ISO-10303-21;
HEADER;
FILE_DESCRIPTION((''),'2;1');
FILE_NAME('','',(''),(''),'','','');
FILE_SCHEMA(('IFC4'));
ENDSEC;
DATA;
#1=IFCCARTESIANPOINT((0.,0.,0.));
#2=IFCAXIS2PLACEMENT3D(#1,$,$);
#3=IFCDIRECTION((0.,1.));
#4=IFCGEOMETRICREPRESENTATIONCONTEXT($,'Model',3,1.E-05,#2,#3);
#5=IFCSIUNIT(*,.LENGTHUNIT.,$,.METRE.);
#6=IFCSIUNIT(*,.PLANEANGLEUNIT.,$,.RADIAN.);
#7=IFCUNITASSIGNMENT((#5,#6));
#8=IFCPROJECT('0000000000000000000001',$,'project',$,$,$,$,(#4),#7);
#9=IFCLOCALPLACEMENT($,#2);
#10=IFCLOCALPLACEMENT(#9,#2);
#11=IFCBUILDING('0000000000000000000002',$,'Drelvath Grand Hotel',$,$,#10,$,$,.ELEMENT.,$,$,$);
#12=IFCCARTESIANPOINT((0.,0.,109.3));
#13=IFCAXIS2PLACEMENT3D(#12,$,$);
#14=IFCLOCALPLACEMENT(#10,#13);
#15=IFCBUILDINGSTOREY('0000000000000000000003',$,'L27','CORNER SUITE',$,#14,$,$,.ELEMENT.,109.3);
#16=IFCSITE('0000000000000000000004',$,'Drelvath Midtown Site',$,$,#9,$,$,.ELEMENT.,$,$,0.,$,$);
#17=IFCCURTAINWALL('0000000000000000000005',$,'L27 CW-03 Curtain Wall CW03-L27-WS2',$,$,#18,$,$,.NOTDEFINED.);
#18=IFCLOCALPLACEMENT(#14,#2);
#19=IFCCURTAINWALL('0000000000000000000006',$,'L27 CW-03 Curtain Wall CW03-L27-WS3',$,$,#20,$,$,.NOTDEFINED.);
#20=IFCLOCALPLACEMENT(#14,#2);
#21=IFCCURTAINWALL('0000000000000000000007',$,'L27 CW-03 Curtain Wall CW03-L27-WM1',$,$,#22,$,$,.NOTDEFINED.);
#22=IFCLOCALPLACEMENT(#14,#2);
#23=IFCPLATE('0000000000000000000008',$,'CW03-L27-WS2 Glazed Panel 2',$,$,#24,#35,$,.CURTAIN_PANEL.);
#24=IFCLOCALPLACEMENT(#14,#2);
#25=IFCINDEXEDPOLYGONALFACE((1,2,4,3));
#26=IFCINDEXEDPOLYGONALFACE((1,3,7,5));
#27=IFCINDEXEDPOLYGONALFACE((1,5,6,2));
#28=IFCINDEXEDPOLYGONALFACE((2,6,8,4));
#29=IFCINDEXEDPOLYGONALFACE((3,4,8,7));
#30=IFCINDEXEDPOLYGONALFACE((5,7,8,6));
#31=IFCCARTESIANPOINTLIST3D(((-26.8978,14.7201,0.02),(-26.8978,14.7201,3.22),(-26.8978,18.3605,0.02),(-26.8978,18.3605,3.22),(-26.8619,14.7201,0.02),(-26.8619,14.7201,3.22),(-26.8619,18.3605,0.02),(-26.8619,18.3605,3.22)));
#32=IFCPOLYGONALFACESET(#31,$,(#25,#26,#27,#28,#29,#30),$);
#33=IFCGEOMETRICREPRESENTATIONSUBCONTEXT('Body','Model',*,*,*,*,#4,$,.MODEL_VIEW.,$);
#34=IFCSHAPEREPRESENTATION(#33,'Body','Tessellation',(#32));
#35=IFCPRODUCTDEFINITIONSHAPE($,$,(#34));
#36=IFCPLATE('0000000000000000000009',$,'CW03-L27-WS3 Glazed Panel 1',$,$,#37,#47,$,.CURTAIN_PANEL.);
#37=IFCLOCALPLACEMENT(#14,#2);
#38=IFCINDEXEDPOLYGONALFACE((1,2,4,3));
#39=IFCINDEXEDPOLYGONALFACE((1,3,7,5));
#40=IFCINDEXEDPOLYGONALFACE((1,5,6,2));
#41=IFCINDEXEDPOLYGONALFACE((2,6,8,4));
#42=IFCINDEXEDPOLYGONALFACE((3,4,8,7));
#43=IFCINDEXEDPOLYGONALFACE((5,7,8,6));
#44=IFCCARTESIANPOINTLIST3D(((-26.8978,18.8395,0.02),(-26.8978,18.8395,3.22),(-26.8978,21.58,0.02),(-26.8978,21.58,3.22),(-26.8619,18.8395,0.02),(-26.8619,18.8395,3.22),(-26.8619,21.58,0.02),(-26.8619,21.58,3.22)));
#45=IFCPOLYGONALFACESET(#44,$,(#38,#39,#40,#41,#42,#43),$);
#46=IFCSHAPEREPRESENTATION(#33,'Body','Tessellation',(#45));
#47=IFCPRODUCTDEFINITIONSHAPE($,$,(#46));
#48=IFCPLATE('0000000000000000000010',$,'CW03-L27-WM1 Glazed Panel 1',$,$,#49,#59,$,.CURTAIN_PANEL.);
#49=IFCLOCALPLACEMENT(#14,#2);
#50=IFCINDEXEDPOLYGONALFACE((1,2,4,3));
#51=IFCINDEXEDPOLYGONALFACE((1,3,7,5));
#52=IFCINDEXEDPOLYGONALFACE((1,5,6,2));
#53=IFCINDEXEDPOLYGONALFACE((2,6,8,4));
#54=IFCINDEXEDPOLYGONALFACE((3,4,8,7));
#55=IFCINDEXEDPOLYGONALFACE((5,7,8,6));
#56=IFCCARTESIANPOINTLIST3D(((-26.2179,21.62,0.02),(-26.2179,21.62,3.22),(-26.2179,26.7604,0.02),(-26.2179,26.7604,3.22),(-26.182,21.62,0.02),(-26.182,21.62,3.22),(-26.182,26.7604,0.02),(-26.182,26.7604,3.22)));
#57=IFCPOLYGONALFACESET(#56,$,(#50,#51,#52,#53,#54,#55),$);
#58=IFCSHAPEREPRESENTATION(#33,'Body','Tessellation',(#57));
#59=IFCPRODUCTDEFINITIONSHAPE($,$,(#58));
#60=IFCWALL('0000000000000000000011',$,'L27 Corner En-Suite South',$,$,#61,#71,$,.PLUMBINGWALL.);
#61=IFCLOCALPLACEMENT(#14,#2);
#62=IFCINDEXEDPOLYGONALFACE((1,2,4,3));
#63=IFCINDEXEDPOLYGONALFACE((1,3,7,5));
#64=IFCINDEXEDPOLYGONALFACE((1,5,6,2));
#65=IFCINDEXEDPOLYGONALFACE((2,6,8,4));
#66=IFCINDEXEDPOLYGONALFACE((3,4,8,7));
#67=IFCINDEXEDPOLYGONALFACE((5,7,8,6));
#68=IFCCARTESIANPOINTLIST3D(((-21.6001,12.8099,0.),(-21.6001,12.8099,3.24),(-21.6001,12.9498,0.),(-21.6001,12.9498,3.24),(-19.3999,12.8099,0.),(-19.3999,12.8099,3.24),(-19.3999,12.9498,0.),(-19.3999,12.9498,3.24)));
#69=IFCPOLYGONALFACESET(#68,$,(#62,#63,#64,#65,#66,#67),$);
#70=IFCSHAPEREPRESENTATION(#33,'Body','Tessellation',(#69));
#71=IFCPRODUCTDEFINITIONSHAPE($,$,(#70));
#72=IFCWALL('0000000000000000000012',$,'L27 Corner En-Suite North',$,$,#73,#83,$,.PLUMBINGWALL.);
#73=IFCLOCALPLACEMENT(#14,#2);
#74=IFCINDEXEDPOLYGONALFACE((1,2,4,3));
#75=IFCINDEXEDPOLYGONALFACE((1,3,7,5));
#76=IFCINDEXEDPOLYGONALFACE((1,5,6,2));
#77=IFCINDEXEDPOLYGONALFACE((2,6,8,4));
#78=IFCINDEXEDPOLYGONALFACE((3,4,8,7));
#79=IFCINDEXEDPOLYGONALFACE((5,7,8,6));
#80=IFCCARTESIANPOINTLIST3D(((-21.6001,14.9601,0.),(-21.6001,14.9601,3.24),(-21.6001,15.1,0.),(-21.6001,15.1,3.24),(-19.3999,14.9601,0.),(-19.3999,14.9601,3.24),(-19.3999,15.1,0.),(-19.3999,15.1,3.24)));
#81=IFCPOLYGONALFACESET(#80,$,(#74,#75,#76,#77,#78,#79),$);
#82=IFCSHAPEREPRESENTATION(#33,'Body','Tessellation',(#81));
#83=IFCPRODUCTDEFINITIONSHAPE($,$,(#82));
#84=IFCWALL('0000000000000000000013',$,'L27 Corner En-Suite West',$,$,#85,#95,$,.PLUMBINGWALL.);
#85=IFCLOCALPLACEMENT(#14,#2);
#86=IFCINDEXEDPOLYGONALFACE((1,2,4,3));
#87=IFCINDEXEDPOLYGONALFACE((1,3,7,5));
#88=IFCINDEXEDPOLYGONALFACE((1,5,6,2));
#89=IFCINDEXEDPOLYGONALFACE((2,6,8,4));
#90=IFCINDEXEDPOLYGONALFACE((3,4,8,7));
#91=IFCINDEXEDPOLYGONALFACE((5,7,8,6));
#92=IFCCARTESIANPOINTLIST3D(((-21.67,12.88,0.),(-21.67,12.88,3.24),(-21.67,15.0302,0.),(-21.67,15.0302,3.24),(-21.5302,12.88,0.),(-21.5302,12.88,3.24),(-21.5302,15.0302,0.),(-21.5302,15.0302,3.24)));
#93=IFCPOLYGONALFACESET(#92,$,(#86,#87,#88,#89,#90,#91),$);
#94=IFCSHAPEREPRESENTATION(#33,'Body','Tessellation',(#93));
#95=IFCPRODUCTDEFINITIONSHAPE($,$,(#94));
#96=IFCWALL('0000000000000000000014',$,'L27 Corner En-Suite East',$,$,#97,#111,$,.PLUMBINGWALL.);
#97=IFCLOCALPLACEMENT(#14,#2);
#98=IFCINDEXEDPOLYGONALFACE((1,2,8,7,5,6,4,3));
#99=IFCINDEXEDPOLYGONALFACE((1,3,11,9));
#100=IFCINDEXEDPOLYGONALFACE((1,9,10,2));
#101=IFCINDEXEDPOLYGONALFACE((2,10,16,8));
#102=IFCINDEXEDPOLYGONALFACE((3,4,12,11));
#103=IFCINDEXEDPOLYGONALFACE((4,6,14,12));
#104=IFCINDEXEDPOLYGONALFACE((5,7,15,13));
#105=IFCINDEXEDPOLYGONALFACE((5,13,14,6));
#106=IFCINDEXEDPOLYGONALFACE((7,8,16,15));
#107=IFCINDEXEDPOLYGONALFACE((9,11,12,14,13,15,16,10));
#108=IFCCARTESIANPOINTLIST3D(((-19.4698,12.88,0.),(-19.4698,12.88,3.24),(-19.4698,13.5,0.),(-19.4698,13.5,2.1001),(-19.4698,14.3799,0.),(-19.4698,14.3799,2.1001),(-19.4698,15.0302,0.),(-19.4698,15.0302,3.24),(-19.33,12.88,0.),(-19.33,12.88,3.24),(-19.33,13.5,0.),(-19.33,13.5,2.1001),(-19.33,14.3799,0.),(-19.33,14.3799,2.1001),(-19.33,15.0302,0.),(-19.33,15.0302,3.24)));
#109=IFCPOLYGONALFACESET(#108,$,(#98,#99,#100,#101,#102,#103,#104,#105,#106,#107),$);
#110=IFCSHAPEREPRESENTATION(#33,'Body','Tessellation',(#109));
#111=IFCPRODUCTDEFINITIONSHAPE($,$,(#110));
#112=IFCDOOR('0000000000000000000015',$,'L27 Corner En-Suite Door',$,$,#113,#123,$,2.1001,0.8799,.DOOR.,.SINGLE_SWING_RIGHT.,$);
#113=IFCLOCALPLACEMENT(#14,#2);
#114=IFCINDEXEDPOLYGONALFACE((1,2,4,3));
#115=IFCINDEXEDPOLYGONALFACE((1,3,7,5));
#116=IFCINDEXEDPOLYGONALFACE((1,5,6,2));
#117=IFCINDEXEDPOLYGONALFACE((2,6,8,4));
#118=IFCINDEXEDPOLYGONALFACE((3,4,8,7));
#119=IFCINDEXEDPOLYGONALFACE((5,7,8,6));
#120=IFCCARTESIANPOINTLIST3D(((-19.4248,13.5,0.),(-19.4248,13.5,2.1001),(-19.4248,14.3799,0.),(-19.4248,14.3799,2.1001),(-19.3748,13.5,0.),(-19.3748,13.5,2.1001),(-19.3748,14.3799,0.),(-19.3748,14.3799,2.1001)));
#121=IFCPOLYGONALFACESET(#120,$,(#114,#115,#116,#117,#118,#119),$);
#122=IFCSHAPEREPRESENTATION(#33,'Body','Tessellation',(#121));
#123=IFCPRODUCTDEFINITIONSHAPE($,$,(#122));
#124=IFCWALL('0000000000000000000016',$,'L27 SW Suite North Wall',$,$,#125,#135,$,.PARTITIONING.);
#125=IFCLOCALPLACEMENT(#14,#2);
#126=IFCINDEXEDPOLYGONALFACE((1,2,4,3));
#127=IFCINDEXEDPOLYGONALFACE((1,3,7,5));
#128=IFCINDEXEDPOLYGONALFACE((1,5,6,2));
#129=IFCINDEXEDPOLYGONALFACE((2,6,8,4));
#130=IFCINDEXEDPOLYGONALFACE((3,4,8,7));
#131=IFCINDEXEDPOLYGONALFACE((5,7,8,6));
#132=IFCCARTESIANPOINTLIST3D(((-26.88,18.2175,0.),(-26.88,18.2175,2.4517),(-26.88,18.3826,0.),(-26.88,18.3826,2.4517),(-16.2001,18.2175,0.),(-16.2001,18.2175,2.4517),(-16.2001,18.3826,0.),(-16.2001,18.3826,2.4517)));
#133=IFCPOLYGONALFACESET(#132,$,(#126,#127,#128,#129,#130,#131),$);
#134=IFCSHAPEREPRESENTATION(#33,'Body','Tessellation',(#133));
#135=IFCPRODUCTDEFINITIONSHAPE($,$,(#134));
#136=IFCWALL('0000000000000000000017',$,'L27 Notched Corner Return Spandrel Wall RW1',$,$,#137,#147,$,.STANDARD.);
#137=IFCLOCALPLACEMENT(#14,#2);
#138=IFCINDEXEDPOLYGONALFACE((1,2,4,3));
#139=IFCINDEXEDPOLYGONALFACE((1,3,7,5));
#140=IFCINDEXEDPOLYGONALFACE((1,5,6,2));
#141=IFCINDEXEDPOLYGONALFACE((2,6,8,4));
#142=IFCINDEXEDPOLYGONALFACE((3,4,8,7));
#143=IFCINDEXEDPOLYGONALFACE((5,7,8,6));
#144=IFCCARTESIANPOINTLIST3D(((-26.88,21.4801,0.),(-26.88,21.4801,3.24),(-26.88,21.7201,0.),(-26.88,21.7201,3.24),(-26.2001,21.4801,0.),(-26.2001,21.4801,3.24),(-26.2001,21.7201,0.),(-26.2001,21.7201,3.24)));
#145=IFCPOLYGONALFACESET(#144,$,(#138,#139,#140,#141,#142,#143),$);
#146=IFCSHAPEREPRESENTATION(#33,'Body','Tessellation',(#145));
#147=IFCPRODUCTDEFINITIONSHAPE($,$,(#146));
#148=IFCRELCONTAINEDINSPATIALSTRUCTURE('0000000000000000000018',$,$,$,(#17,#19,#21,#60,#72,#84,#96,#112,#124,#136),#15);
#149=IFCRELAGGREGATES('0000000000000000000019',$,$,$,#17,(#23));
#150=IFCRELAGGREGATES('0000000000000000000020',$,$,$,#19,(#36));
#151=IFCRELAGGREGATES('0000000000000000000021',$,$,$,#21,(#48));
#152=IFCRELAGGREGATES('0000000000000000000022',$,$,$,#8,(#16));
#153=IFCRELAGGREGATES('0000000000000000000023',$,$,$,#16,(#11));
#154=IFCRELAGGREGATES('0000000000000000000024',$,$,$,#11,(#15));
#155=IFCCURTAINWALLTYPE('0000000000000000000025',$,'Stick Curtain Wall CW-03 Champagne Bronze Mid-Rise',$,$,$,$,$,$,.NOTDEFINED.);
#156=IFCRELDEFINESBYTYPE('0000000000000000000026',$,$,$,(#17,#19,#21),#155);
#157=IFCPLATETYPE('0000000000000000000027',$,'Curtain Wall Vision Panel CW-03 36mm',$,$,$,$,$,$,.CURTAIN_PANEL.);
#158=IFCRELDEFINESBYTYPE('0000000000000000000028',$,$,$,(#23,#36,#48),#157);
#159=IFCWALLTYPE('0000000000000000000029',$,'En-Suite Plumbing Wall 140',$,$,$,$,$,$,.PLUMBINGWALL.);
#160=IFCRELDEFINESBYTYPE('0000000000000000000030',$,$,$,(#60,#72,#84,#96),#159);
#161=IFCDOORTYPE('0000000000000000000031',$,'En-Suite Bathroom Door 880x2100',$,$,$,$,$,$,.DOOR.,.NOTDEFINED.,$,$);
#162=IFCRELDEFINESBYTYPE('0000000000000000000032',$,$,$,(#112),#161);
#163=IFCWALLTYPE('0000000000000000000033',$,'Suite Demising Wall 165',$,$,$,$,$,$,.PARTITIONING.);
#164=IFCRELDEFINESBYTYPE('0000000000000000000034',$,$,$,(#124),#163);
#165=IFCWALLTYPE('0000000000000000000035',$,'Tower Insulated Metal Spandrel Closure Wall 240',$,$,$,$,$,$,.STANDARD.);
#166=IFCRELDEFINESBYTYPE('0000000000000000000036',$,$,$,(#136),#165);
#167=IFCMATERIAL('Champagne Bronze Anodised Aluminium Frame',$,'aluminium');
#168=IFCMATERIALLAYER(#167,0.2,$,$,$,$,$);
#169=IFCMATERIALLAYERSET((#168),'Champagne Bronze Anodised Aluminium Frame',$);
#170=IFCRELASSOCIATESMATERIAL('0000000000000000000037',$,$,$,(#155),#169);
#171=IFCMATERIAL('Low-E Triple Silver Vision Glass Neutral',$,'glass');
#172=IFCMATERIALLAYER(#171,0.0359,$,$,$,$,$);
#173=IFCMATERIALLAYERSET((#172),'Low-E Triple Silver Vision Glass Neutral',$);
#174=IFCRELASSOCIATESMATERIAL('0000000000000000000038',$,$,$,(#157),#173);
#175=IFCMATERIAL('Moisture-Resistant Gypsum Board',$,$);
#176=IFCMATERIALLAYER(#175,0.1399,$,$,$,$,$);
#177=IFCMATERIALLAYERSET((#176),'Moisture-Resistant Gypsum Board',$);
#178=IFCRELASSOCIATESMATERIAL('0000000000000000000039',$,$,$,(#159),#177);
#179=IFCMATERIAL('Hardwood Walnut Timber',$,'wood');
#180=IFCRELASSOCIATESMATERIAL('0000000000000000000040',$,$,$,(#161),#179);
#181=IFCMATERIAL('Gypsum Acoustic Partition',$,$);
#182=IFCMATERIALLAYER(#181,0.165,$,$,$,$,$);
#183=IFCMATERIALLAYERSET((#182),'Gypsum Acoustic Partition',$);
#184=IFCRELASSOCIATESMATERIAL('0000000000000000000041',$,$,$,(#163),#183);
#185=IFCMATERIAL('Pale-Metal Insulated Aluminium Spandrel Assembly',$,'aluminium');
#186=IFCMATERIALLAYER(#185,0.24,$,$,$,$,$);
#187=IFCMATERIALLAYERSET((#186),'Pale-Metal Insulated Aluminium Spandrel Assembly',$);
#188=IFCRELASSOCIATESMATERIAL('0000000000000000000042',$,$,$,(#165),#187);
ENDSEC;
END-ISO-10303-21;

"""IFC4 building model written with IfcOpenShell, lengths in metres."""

from ifc_helpers import new_model, si_unit, direction, frame, frame_2d, origin, origin_2d, place, context, subcontext, project, spatial, rectangle, extrude, material, layer, layer_set, type_object, element, fill, aggregate, save


model = new_model("IFC4")

# Units and contexts
model_context = context("Model", 3, precision=1e-05, world=origin(), true_north=direction((0.0, 1.0)))
body_context = subcontext(model_context, "Body", "Model", "MODEL_VIEW")
ifc_project = project(units=[si_unit("LENGTHUNIT", "METRE"), si_unit("PLANEANGLEUNIT", "RADIAN")], contexts=[model_context])

# Site, building, storey
site_placement = place(None, origin())
site = spatial("IfcSite", under=ifc_project, at=site_placement, Name="Drelvath Midtown Site", CompositionType="ELEMENT", RefElevation=0.0)
building_placement = place(site_placement, origin())
building = spatial("IfcBuilding", under=site, at=building_placement, Name="Drelvath Grand Hotel", CompositionType="ELEMENT")
storey_placement = place(building_placement, frame((0.0, 0.0, 109.3)))
storey = spatial("IfcBuildingStorey", under=building, at=storey_placement, Name="L27", Description="CORNER SUITE", CompositionType="ELEMENT", Elevation=109.3)

# Curtain walls
ifc_material_1 = material(Name="Champagne Bronze Anodised Aluminium Frame", Category="aluminium")
ifc_layer_1 = layer(ifc_material_1, 0.2)
ifc_layer_set_1 = layer_set([ifc_layer_1], Name="Champagne Bronze Anodised Aluminium Frame")
curtain_wall_type = type_object("IfcCurtainWallType", Name="Stick Curtain Wall CW-03 Champagne Bronze Mid-Rise", PredefinedType="NOTDEFINED", material=ifc_layer_set_1)
curtain_wall_1_placement = place(storey_placement, origin())
curtain_wall_1 = element("IfcCurtainWall", 1, at=curtain_wall_1_placement, inside=storey, type_object=curtain_wall_type, Name="L27 CW-03 Curtain Wall CW03-L27-WS2", PredefinedType="NOTDEFINED")
curtain_wall_2_placement = place(storey_placement, origin())
curtain_wall_2 = element("IfcCurtainWall", 2, at=curtain_wall_2_placement, inside=storey, type_object=curtain_wall_type, Name="L27 CW-03 Curtain Wall CW03-L27-WS3", PredefinedType="NOTDEFINED")
curtain_wall_3_placement = place(storey_placement, origin())
curtain_wall_3 = element("IfcCurtainWall", 3, at=curtain_wall_3_placement, inside=storey, type_object=curtain_wall_type, Name="L27 CW-03 Curtain Wall CW03-L27-WM1", PredefinedType="NOTDEFINED")

# Plates
ifc_material_2 = material(Name="Low-E Triple Silver Vision Glass Neutral", Category="glass")
ifc_layer_2 = layer(ifc_material_2, 0.0359)
ifc_layer_set_2 = layer_set([ifc_layer_2], Name="Low-E Triple Silver Vision Glass Neutral")
plate_type = type_object("IfcPlateType", Name="Curtain Wall Vision Panel CW-03 36mm", PredefinedType="CURTAIN_PANEL", material=ifc_layer_set_2)
plate_1_placement = place(storey_placement, frame((-26.8799, 16.5403, 0.02), z_axis=(0.0, 0.0, 1.0), x_axis=(0.0, 1.0, 0.0)))
plate_1 = element("IfcPlate", 4, at=plate_1_placement, type_object=plate_type, Name="CW03-L27-WS2 Glazed Panel 2", PredefinedType="CURTAIN_PANEL", context=body_context, shape_type="SweptSolid", body=[
    extrude(rectangle(XDim=3.6404, YDim=0.0359, at=origin_2d()), origin(), (0.0, 0.0, 1.0), 3.2),
])
aggregate(curtain_wall_1, [plate_1])
plate_2_placement = place(storey_placement, frame((-26.8799, 20.2097, 0.02), z_axis=(0.0, 0.0, 1.0), x_axis=(0.0, 1.0, 0.0)))
plate_2 = element("IfcPlate", 5, at=plate_2_placement, type_object=plate_type, Name="CW03-L27-WS3 Glazed Panel 1", PredefinedType="CURTAIN_PANEL", context=body_context, shape_type="SweptSolid", body=[
    extrude(rectangle(XDim=2.7405, YDim=0.0359, at=origin_2d()), origin(), (0.0, 0.0, 1.0), 3.2),
])
aggregate(curtain_wall_2, [plate_2])
plate_3_placement = place(storey_placement, frame((-26.2, 24.1902, 0.02), z_axis=(0.0, 0.0, 1.0), x_axis=(0.0, 1.0, 0.0)))
plate_3 = element("IfcPlate", 6, at=plate_3_placement, type_object=plate_type, Name="CW03-L27-WM1 Glazed Panel 1", PredefinedType="CURTAIN_PANEL", context=body_context, shape_type="SweptSolid", body=[
    extrude(rectangle(XDim=5.1404, YDim=0.0359, at=origin_2d()), origin(), (0.0, 0.0, 1.0), 3.2),
])
aggregate(curtain_wall_3, [plate_3])

# Walls
ifc_material_3 = material(Name="Moisture-Resistant Gypsum Board")
ifc_layer_3 = layer(ifc_material_3, 0.1399)
ifc_layer_set_3 = layer_set([ifc_layer_3], Name="Moisture-Resistant Gypsum Board")
wall_type_1 = type_object("IfcWallType", Name="En-Suite Plumbing Wall 140", PredefinedType="PLUMBINGWALL", material=ifc_layer_set_3)
for number, where, z_axis, x_axis, name in (
    (7, (-21.6001, 12.8799, 0.0), (0.0, 0.0, 1.0), (1.0, 0.0, 0.0), "L27 Corner En-Suite South"),
    (8, (-21.6001, 15.03, 0.0), (0.0, 0.0, 1.0), (1.0, 0.0, 0.0), "L27 Corner En-Suite North"),
):
    element("IfcWall", number, at=place(storey_placement, frame(where, z_axis=z_axis, x_axis=x_axis)), inside=storey, type_object=wall_type_1, Name=name, PredefinedType="PLUMBINGWALL", context=body_context, shape_type="SweptSolid", body=[
        extrude(rectangle(XDim=2.2002, YDim=0.1399, at=frame_2d((1.1001, 0.0))), origin(), (0.0, 0.0, 1.0), 3.24),
    ])
wall_1_placement = place(storey_placement, frame((-21.6001, 12.8799, 0.0), z_axis=(0.0, 0.0, 1.0), x_axis=(0.0, 1.0, 0.0)))
element("IfcWall", 9, at=wall_1_placement, inside=storey, type_object=wall_type_1, Name="L27 Corner En-Suite West", PredefinedType="PLUMBINGWALL", context=body_context, shape_type="SweptSolid", body=[
    extrude(rectangle(XDim=2.1501, YDim=0.1399, at=frame_2d((1.0752, 0.0))), origin(), (0.0, 0.0, 1.0), 3.24),
])

# Wall, opening, door
wall_2_placement = place(storey_placement, frame((-19.3999, 12.8799, 0.0), z_axis=(0.0, 0.0, 1.0), x_axis=(0.0, 1.0, 0.0)))
wall_2 = element("IfcWall", 10, at=wall_2_placement, inside=storey, type_object=wall_type_1, Name="L27 Corner En-Suite East", PredefinedType="PLUMBINGWALL", context=body_context, shape_type="SweptSolid", body=[
    extrude(rectangle(XDim=2.1501, YDim=0.1399, at=frame_2d((1.0752, 0.0))), origin(), (0.0, 0.0, 1.0), 3.24),
])
opening_placement = place(wall_2_placement, frame((0.6201, 0.0, 0.0)))
opening = element("IfcOpeningElement", 11, at=opening_placement, cuts=wall_2, PredefinedType="OPENING", context=body_context, shape_type="SweptSolid", body=[
    extrude(rectangle(XDim=0.8799, YDim=2.1001, at=frame_2d((0.4399, 1.05))), frame((0.0, 0.0798, 0.0), z_axis=(0.0, -1.0, 0.0), x_axis=(1.0, 0.0, 0.0)), (0.0, 0.0, 1.0), 0.1599),
])
ifc_material_4 = material(Name="Hardwood Walnut Timber", Category="wood")
door_type = type_object("IfcDoorType", Name="En-Suite Bathroom Door 880x2100", OperationType="NOTDEFINED", PredefinedType="DOOR", material=ifc_material_4)
door_placement = place(opening_placement, origin())
door = element("IfcDoor", 12, at=door_placement, inside=storey, type_object=door_type, Name="L27 Corner En-Suite Door", OperationType="SINGLE_SWING_RIGHT", OverallHeight=2.1001, OverallWidth=0.8799, PredefinedType="DOOR", context=body_context, shape_type="SweptSolid", body=[
    extrude(rectangle(XDim=0.8799, YDim=2.1001, at=frame_2d((0.4399, 1.05))), frame((0.0, 0.0249, 0.0), z_axis=(0.0, -1.0, 0.0), x_axis=(1.0, 0.0, 0.0)), (0.0, 0.0, 1.0), 0.05),
])
fill(opening, door)

# Walls
ifc_material_5 = material(Name="Gypsum Acoustic Partition")
ifc_layer_4 = layer(ifc_material_5, 0.165)
ifc_layer_set_4 = layer_set([ifc_layer_4], Name="Gypsum Acoustic Partition")
wall_type_2 = type_object("IfcWallType", Name="Suite Demising Wall 165", PredefinedType="PARTITIONING", material=ifc_layer_set_4)
wall_3_placement = place(storey_placement, frame((-26.8799, 18.3, 0.0), z_axis=(0.0, 0.0, 1.0), x_axis=(1.0, 0.0, 0.0)))
element("IfcWall", 13, at=wall_3_placement, inside=storey, type_object=wall_type_2, Name="L27 SW Suite North Wall", PredefinedType="PARTITIONING", context=body_context, shape_type="SweptSolid", body=[
    extrude(rectangle(XDim=10.6799, YDim=0.165, at=frame_2d((5.3398, 0.0))), origin(), (0.0, 0.0, 1.0), 2.4517),
])
ifc_material_6 = material(Name="Pale-Metal Insulated Aluminium Spandrel Assembly", Category="aluminium")
ifc_layer_5 = layer(ifc_material_6, 0.24)
ifc_layer_set_5 = layer_set([ifc_layer_5], Name="Pale-Metal Insulated Aluminium Spandrel Assembly")
wall_type_3 = type_object("IfcWallType", Name="Tower Insulated Metal Spandrel Closure Wall 240", PredefinedType="STANDARD", material=ifc_layer_set_5)
wall_4_placement = place(storey_placement, frame((-26.8799, 21.6001, 0.0), z_axis=(0.0, 0.0, 1.0), x_axis=(1.0, 0.0, 0.0)))
element("IfcWall", 14, at=wall_4_placement, inside=storey, type_object=wall_type_3, Name="L27 Notched Corner Return Spandrel Wall RW1", PredefinedType="STANDARD", context=body_context, shape_type="SweptSolid", body=[
    extrude(rectangle(XDim=0.6799, YDim=0.24, at=frame_2d((0.3398, 0.0))), origin(), (0.0, 0.0, 1.0), 3.24),
])

save(model, "model.ifc")
